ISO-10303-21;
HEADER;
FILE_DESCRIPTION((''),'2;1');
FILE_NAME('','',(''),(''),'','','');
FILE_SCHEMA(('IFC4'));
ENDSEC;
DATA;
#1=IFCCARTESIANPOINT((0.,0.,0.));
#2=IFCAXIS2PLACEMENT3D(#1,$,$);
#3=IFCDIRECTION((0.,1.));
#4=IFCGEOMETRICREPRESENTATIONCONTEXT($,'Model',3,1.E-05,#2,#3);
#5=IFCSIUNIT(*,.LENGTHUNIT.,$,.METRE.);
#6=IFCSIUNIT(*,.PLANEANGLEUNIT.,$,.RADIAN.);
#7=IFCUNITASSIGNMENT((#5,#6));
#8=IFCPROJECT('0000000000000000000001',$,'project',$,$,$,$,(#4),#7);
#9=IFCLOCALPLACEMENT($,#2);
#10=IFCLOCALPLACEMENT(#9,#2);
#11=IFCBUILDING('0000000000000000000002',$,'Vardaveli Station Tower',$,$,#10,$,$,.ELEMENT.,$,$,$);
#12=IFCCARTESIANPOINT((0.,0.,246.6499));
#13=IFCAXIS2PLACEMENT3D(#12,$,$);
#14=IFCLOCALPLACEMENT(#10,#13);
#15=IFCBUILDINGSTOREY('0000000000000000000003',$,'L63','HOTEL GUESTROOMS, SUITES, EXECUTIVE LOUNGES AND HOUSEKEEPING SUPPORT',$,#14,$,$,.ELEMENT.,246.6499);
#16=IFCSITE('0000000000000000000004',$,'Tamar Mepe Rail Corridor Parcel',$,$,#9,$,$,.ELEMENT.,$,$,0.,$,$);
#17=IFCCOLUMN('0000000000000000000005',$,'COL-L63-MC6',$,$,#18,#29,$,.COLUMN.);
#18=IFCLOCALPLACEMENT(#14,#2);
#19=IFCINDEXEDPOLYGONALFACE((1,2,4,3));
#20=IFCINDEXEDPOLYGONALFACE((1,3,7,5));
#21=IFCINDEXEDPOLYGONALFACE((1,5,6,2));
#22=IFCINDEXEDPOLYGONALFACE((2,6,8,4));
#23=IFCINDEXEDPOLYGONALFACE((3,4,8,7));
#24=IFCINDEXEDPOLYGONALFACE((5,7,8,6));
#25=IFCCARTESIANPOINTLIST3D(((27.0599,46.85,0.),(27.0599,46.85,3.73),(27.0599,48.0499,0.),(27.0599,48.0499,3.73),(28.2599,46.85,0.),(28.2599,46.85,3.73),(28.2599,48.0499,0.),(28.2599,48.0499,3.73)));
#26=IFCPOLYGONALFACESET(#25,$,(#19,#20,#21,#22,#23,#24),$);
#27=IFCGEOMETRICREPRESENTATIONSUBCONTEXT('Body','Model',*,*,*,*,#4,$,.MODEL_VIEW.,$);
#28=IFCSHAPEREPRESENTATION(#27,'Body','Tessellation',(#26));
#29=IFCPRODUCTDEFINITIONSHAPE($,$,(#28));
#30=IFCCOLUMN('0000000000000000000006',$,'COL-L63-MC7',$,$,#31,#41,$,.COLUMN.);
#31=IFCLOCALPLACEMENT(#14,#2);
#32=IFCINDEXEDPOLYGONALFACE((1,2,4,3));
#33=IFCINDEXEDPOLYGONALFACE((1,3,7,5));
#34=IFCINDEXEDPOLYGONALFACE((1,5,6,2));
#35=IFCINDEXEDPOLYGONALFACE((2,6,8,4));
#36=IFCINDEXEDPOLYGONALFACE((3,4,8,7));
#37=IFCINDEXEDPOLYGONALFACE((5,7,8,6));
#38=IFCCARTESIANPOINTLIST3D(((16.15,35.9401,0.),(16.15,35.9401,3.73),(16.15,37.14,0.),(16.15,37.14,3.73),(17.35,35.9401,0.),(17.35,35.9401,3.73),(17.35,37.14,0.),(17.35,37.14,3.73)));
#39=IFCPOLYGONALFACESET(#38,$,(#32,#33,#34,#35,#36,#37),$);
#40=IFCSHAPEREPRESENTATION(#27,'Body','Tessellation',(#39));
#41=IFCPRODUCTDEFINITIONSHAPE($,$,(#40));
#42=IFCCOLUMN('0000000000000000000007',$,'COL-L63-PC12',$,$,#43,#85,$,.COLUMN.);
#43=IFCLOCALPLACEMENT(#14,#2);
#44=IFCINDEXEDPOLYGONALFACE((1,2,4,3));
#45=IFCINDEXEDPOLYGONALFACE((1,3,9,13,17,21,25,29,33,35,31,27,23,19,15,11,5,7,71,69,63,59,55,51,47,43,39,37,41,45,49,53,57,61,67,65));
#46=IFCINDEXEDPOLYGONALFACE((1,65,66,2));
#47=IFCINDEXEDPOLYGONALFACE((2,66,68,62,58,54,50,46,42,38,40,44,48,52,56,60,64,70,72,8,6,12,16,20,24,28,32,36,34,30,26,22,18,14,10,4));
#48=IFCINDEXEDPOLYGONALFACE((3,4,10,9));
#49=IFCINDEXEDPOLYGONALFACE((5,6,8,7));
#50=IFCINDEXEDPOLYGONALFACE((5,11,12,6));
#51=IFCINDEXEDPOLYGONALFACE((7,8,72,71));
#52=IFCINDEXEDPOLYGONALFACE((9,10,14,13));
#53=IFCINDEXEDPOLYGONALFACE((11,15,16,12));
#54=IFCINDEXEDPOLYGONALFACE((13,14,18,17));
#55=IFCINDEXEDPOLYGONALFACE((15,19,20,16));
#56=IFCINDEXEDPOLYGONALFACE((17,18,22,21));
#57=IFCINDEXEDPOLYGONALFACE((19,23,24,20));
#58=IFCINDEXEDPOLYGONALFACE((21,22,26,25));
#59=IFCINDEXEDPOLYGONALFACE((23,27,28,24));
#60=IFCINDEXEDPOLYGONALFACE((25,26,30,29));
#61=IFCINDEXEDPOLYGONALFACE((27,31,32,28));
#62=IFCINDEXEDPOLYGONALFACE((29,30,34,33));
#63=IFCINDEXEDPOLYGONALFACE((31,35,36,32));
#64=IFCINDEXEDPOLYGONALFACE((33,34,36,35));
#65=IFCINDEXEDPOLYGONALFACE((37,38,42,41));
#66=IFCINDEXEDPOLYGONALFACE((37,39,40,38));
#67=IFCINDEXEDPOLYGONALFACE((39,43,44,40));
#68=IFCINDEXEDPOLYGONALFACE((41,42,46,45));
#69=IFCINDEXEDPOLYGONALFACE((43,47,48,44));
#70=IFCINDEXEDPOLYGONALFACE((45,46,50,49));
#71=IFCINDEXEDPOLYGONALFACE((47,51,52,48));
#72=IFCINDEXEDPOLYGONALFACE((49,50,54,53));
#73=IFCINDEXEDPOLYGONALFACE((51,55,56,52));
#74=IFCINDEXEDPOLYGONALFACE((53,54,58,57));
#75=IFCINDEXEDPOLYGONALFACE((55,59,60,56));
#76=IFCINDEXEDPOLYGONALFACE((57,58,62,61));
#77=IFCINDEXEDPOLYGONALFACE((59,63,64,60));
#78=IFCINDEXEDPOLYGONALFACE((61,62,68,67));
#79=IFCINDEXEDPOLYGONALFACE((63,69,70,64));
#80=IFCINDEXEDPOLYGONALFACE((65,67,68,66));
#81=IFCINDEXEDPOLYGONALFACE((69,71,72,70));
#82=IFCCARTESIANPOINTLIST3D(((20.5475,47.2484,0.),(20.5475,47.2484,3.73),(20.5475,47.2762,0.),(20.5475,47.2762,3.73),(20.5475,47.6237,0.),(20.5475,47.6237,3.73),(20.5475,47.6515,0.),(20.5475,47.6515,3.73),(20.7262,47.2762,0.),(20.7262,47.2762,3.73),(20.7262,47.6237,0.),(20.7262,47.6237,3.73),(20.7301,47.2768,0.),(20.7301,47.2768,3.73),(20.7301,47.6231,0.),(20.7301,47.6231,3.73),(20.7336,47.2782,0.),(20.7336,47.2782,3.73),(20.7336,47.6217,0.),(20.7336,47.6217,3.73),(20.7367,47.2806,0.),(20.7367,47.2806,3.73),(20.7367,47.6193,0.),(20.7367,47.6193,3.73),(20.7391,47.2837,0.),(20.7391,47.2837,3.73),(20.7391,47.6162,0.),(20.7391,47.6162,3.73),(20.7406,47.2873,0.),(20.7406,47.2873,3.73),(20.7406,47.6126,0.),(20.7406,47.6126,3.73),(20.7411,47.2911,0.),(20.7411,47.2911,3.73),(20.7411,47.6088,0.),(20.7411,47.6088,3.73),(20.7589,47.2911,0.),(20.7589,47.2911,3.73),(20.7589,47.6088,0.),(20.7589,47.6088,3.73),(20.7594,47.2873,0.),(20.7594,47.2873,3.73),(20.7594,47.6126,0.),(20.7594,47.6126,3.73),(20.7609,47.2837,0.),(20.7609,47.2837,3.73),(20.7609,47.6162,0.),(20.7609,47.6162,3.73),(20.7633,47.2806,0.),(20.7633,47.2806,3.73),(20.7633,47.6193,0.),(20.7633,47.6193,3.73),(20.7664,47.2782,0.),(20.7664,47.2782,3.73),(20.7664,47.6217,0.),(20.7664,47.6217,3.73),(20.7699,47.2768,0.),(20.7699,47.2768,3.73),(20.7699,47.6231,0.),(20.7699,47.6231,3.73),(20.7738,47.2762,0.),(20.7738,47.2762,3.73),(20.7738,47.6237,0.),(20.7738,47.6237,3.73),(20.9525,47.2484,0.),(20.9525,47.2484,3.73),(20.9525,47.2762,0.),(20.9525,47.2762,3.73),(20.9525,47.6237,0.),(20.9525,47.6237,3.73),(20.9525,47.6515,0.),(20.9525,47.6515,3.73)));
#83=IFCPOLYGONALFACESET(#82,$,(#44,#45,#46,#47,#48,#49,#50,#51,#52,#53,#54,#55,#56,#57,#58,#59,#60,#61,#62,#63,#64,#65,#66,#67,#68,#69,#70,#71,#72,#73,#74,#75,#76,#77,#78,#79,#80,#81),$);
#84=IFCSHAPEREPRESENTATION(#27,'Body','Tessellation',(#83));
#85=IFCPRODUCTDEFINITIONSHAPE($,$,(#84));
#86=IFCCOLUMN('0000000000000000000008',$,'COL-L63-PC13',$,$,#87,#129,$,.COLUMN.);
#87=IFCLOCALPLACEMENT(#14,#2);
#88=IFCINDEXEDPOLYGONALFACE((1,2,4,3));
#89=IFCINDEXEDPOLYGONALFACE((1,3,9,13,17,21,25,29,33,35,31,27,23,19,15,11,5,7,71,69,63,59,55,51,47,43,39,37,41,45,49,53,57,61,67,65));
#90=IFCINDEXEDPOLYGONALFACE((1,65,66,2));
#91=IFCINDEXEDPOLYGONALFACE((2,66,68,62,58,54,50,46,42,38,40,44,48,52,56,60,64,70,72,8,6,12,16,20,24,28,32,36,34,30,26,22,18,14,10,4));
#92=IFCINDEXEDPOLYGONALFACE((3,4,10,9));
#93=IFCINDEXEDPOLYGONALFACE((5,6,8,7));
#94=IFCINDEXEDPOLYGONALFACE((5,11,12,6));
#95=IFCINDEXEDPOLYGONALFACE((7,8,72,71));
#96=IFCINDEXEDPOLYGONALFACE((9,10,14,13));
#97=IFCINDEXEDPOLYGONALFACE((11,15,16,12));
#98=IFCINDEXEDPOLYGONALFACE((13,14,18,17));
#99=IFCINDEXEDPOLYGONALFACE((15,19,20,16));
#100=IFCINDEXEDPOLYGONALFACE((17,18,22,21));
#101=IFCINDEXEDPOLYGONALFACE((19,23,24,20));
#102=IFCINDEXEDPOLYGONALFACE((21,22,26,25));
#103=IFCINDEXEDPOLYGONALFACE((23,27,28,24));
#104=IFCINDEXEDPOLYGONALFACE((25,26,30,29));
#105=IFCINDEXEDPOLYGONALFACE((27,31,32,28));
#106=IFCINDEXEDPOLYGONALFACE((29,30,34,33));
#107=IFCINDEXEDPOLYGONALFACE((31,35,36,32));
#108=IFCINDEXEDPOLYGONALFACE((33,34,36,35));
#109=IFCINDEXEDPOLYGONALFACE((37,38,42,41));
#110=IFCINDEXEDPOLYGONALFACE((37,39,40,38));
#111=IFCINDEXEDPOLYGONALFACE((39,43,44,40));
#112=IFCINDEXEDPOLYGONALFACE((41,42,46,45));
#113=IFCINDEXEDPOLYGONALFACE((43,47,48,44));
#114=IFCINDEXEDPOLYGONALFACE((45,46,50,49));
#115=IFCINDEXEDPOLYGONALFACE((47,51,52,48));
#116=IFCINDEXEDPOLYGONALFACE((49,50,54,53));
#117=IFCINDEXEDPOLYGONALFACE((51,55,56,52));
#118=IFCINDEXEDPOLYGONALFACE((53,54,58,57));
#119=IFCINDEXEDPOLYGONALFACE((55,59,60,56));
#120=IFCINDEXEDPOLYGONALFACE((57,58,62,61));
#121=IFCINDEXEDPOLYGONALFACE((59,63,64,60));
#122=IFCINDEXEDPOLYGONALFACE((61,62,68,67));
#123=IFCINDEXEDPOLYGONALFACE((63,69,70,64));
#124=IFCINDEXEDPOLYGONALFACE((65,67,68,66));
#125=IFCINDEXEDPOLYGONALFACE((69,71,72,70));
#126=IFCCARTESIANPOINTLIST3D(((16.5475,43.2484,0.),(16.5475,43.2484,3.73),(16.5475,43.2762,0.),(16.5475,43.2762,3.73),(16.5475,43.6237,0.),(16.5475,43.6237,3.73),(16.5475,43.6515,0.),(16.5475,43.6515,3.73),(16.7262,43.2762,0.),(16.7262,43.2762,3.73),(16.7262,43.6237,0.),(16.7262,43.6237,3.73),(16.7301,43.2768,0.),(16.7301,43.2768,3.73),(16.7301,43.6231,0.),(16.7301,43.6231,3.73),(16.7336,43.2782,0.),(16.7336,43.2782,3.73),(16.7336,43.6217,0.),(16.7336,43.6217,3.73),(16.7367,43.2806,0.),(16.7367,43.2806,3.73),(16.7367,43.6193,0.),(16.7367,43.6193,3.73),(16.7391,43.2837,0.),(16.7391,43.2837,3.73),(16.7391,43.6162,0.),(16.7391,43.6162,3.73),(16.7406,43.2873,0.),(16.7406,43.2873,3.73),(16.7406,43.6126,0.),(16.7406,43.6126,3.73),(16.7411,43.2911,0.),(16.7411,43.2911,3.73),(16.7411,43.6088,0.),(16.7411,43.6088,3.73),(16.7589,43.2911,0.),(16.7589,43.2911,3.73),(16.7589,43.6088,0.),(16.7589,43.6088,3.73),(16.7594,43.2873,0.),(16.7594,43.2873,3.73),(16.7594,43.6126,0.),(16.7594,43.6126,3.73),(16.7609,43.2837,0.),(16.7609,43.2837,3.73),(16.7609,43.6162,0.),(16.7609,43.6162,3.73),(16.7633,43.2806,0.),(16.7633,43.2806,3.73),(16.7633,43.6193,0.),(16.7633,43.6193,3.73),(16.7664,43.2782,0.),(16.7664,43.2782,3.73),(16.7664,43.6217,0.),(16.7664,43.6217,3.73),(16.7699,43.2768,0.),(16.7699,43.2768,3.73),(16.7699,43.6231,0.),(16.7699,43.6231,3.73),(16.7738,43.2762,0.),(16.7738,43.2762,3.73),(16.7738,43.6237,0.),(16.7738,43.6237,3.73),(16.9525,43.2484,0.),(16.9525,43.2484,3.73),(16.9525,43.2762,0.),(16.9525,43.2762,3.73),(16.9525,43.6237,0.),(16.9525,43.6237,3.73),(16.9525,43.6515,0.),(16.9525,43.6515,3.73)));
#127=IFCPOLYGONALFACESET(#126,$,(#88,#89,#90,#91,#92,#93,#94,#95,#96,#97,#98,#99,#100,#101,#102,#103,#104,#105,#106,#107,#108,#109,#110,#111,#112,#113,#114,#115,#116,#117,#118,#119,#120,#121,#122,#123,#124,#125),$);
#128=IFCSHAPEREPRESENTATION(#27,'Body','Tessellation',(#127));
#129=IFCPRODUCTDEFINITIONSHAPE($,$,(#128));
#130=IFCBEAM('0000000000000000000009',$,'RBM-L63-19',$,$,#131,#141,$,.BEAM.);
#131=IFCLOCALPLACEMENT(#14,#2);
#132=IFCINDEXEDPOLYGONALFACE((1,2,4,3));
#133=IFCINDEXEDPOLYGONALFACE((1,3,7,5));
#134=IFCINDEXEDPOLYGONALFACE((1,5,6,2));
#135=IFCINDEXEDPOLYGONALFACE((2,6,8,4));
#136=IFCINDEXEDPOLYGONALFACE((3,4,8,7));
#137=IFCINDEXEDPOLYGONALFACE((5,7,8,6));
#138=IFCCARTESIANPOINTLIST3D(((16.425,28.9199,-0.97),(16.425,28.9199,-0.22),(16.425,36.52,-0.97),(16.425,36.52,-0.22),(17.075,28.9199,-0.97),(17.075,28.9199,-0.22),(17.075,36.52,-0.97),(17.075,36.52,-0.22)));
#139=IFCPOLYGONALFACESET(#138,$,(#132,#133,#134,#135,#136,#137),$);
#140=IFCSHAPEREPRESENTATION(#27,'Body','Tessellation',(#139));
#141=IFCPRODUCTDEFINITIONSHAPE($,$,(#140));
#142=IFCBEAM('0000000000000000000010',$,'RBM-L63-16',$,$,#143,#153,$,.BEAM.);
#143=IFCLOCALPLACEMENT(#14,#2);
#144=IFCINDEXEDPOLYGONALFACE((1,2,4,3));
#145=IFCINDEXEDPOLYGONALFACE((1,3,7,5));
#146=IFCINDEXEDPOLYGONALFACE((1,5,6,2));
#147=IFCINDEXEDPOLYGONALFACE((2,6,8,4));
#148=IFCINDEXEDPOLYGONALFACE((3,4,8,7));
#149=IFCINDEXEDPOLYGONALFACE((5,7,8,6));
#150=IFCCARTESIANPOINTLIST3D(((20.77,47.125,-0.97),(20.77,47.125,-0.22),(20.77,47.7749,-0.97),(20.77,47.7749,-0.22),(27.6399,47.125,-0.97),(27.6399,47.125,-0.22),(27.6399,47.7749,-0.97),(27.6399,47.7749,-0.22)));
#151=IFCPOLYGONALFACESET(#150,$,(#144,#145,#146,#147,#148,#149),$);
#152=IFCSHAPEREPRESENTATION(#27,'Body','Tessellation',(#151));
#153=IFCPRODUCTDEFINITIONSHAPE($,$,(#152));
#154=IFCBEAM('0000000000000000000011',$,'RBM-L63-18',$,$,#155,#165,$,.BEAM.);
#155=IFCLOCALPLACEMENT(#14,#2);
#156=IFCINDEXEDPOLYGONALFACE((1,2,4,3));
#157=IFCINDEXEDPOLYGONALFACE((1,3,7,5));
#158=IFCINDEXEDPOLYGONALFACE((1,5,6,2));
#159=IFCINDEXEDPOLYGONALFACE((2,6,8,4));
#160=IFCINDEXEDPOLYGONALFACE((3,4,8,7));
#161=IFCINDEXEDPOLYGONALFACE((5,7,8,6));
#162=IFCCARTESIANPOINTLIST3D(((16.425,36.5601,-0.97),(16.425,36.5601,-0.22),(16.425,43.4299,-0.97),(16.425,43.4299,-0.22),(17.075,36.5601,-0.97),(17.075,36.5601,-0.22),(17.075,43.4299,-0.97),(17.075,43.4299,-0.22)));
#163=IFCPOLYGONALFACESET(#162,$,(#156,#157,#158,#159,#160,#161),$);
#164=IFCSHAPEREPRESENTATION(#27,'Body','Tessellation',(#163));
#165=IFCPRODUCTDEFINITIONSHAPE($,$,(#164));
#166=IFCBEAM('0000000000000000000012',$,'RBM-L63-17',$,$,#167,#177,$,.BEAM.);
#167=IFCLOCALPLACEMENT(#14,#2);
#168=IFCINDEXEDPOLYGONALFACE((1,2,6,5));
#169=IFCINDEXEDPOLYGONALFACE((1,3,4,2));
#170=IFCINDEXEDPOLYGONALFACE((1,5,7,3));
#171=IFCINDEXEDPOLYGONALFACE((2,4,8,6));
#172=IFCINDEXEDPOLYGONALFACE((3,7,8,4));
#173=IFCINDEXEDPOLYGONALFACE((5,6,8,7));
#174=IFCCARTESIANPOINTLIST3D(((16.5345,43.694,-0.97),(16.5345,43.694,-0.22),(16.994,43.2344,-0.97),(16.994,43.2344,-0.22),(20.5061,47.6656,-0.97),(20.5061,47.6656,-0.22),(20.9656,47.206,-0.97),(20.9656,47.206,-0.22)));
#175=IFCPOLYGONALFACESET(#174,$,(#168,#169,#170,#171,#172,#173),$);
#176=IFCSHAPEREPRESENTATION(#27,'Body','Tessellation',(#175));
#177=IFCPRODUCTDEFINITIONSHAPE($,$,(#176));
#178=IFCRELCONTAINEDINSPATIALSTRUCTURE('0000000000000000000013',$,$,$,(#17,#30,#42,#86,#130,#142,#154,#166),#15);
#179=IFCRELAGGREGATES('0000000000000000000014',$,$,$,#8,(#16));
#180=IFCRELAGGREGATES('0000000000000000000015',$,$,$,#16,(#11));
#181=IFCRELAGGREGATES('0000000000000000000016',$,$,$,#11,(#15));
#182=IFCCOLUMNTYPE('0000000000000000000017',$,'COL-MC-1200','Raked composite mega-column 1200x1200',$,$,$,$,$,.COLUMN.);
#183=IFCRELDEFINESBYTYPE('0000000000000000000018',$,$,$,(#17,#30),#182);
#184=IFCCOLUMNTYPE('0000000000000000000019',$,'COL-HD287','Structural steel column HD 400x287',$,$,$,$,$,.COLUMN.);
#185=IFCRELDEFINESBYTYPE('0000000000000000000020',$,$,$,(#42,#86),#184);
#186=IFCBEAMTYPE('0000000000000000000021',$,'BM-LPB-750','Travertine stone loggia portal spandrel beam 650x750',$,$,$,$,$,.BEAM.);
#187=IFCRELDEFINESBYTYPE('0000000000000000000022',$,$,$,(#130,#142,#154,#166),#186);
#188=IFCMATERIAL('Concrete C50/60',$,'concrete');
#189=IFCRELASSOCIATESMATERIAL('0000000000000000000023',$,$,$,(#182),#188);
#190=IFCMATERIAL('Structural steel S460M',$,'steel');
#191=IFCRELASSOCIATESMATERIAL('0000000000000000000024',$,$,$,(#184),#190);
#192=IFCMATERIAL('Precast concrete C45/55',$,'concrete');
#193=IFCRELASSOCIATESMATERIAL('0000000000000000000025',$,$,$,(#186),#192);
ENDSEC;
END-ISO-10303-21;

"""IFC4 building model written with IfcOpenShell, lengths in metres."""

from ifc_helpers import new_model, si_unit, direction, frame, origin, origin_2d, place, context, subcontext, project, spatial, rectangle, i_section, extrude, source, transform, mapped, material, material_profile, profile_set, type_object, element, save


model = new_model("IFC4")

# Units and contexts
model_context = context("Model", 3, precision=1e-05, world=origin(), true_north=direction((0.0, 1.0)))
body_context = subcontext(model_context, "Body", "Model", "MODEL_VIEW")
ifc_project = project(units=[si_unit("LENGTHUNIT", "METRE"), si_unit("PLANEANGLEUNIT", "RADIAN")], contexts=[model_context])

# Site, building, storey
site_placement = place(None, origin())
site = spatial("IfcSite", under=ifc_project, at=site_placement, Name="Tamar Mepe Rail Corridor Parcel", CompositionType="ELEMENT", RefElevation=0.0)
building_placement = place(site_placement, origin())
building = spatial("IfcBuilding", under=site, at=building_placement, Name="Vardaveli Station Tower", CompositionType="ELEMENT")
storey_placement = place(building_placement, frame((0.0, 0.0, 246.6499)))
storey = spatial("IfcBuildingStorey", under=building, at=storey_placement, Name="L63", Description="HOTEL GUESTROOMS, SUITES, EXECUTIVE LOUNGES AND HOUSEKEEPING SUPPORT", CompositionType="ELEMENT", Elevation=246.6499)

# Columns
ifc_material_1 = material(Name="Concrete C50/60", Category="concrete")
ifc_material_profile_1 = material_profile(ifc_material_1, rectangle(XDim=1.2, YDim=1.2, at=origin_2d()), Name="MC 1200x1200")
ifc_profile_set_1 = profile_set([ifc_material_profile_1], Name="Concrete C50/60")
column_type_1 = type_object("IfcColumnType", Name="COL-MC-1200", Description="Raked composite mega-column 1200x1200", PredefinedType="COLUMN", material=ifc_profile_set_1)
shared_shape_1 = source(origin(), body_context, "Body", "SweptSolid", [
    extrude(rectangle(XDim=1.2, YDim=1.2, at=origin_2d()), origin(), (0.0, 0.0, 1.0), 3.73),
])
for number, where, z_axis, x_axis, name in (
    (1, (27.6599, 47.45, 0.0), (0.0, 0.0, 1.0), (1.0, 0.0, 0.0), "COL-L63-MC6"),
    (2, (16.75, 36.54, 0.0), (0.0, 0.0, 1.0), (1.0, 0.0, 0.0), "COL-L63-MC7"),
):
    element("IfcColumn", number, at=place(storey_placement, frame(where, z_axis=z_axis, x_axis=x_axis)), inside=storey, type_object=column_type_1, Name=name, PredefinedType="COLUMN", context=body_context, shape_type="MappedRepresentation", body=[
        mapped(shared_shape_1, transform((0.0, 0.0, 0.0), scale=1.0)),
    ])
ifc_material_2 = material(Name="Structural steel S460M", Category="steel")
ifc_material_profile_2 = material_profile(ifc_material_2, i_section(OverallWidth=0.405, OverallDepth=0.4031, WebThickness=0.0178, FlangeThickness=0.0278, FilletRadius=0.0149, at=origin_2d()), Name="HD 400x287")
ifc_profile_set_2 = profile_set([ifc_material_profile_2], Name="Structural steel S460M")
column_type_2 = type_object("IfcColumnType", Name="COL-HD287", Description="Structural steel column HD 400x287", PredefinedType="COLUMN", material=ifc_profile_set_2)
shared_shape_2 = source(origin(), body_context, "Body", "SweptSolid", [
    extrude(i_section(OverallWidth=0.405, OverallDepth=0.4031, WebThickness=0.0178, FlangeThickness=0.0278, FilletRadius=0.0149, at=origin_2d()), origin(), (0.0, 0.0, 1.0), 3.73),
])
for number, where, z_axis, x_axis, name in (
    (3, (20.75, 47.45, 0.0), (0.0, 0.0, 1.0), (1.0, 0.0, 0.0), "COL-L63-PC12"),
    (4, (16.75, 43.45, 0.0), (0.0, 0.0, 1.0), (1.0, 0.0, 0.0), "COL-L63-PC13"),
):
    element("IfcColumn", number, at=place(storey_placement, frame(where, z_axis=z_axis, x_axis=x_axis)), inside=storey, type_object=column_type_2, Name=name, PredefinedType="COLUMN", context=body_context, shape_type="MappedRepresentation", body=[
        mapped(shared_shape_2, transform((0.0, 0.0, 0.0), scale=1.0)),
    ])

# Beams
ifc_material_3 = material(Name="Precast concrete C45/55", Category="concrete")
ifc_material_profile_3 = material_profile(ifc_material_3, rectangle(XDim=0.6499, YDim=0.75, at=origin_2d()), Name="LPB 650x750")
ifc_profile_set_3 = profile_set([ifc_material_profile_3], Name="Precast concrete C45/55")
beam_type_1 = type_object("IfcBeamType", Name="BM-LPB-750", Description="Travertine stone loggia portal spandrel beam 650x750", PredefinedType="BEAM", material=ifc_profile_set_3)
shared_shape_3 = source(origin(), body_context, "Body", "SweptSolid", [
    extrude(rectangle(XDim=0.6499, YDim=0.75, at=origin_2d()), origin(), (0.0, 0.0, 1.0), 7.6001),
])
beam_1_placement = place(storey_placement, frame((16.75, 36.52, -0.595), z_axis=(0.0, -1.0, 0.0), x_axis=(1.0, 0.0, 0.0)))
element("IfcBeam", 5, at=beam_1_placement, inside=storey, type_object=beam_type_1, Name="RBM-L63-19", PredefinedType="BEAM", context=body_context, shape_type="MappedRepresentation", body=[
    mapped(shared_shape_3, transform((0.0, 0.0, 0.0), scale=1.0)),
])
shared_shape_4 = source(origin(), body_context, "Body", "SweptSolid", [
    extrude(rectangle(XDim=0.6499, YDim=0.75, at=origin_2d()), origin(), (0.0, 0.0, 1.0), 6.8699),
])
for number, where, z_axis, x_axis, name in (
    (6, (27.6399, 47.45, -0.595), (-1.0, 0.0, 0.0), (0.0, -1.0, 0.0), "RBM-L63-16"),
    (7, (16.75, 43.4299, -0.595), (0.0, -1.0, 0.0), (1.0, 0.0, 0.0), "RBM-L63-18"),
):
    element("IfcBeam", number, at=place(storey_placement, frame(where, z_axis=z_axis, x_axis=x_axis)), inside=storey, type_object=beam_type_1, Name=name, PredefinedType="BEAM", context=body_context, shape_type="MappedRepresentation", body=[
        mapped(shared_shape_4, transform((0.0, 0.0, 0.0), scale=1.0)),
    ])
shared_shape_5 = source(origin(), body_context, "Body", "SweptSolid", [
    extrude(rectangle(XDim=0.6499, YDim=0.75, at=origin_2d()), origin(), (0.0, 0.0, 1.0), 5.6167),
])
beam_2_placement = place(storey_placement, frame((20.7358, 47.4358, -0.595), z_axis=(-0.707107, -0.707107, 0.0), x_axis=(0.707107, -0.707107, 0.0)))
element("IfcBeam", 8, at=beam_2_placement, inside=storey, type_object=beam_type_1, Name="RBM-L63-17", PredefinedType="BEAM", context=body_context, shape_type="MappedRepresentation", body=[
    mapped(shared_shape_5, transform((0.0, 0.0, 0.0), scale=1.0)),
])

save(model, "model.ifc")
